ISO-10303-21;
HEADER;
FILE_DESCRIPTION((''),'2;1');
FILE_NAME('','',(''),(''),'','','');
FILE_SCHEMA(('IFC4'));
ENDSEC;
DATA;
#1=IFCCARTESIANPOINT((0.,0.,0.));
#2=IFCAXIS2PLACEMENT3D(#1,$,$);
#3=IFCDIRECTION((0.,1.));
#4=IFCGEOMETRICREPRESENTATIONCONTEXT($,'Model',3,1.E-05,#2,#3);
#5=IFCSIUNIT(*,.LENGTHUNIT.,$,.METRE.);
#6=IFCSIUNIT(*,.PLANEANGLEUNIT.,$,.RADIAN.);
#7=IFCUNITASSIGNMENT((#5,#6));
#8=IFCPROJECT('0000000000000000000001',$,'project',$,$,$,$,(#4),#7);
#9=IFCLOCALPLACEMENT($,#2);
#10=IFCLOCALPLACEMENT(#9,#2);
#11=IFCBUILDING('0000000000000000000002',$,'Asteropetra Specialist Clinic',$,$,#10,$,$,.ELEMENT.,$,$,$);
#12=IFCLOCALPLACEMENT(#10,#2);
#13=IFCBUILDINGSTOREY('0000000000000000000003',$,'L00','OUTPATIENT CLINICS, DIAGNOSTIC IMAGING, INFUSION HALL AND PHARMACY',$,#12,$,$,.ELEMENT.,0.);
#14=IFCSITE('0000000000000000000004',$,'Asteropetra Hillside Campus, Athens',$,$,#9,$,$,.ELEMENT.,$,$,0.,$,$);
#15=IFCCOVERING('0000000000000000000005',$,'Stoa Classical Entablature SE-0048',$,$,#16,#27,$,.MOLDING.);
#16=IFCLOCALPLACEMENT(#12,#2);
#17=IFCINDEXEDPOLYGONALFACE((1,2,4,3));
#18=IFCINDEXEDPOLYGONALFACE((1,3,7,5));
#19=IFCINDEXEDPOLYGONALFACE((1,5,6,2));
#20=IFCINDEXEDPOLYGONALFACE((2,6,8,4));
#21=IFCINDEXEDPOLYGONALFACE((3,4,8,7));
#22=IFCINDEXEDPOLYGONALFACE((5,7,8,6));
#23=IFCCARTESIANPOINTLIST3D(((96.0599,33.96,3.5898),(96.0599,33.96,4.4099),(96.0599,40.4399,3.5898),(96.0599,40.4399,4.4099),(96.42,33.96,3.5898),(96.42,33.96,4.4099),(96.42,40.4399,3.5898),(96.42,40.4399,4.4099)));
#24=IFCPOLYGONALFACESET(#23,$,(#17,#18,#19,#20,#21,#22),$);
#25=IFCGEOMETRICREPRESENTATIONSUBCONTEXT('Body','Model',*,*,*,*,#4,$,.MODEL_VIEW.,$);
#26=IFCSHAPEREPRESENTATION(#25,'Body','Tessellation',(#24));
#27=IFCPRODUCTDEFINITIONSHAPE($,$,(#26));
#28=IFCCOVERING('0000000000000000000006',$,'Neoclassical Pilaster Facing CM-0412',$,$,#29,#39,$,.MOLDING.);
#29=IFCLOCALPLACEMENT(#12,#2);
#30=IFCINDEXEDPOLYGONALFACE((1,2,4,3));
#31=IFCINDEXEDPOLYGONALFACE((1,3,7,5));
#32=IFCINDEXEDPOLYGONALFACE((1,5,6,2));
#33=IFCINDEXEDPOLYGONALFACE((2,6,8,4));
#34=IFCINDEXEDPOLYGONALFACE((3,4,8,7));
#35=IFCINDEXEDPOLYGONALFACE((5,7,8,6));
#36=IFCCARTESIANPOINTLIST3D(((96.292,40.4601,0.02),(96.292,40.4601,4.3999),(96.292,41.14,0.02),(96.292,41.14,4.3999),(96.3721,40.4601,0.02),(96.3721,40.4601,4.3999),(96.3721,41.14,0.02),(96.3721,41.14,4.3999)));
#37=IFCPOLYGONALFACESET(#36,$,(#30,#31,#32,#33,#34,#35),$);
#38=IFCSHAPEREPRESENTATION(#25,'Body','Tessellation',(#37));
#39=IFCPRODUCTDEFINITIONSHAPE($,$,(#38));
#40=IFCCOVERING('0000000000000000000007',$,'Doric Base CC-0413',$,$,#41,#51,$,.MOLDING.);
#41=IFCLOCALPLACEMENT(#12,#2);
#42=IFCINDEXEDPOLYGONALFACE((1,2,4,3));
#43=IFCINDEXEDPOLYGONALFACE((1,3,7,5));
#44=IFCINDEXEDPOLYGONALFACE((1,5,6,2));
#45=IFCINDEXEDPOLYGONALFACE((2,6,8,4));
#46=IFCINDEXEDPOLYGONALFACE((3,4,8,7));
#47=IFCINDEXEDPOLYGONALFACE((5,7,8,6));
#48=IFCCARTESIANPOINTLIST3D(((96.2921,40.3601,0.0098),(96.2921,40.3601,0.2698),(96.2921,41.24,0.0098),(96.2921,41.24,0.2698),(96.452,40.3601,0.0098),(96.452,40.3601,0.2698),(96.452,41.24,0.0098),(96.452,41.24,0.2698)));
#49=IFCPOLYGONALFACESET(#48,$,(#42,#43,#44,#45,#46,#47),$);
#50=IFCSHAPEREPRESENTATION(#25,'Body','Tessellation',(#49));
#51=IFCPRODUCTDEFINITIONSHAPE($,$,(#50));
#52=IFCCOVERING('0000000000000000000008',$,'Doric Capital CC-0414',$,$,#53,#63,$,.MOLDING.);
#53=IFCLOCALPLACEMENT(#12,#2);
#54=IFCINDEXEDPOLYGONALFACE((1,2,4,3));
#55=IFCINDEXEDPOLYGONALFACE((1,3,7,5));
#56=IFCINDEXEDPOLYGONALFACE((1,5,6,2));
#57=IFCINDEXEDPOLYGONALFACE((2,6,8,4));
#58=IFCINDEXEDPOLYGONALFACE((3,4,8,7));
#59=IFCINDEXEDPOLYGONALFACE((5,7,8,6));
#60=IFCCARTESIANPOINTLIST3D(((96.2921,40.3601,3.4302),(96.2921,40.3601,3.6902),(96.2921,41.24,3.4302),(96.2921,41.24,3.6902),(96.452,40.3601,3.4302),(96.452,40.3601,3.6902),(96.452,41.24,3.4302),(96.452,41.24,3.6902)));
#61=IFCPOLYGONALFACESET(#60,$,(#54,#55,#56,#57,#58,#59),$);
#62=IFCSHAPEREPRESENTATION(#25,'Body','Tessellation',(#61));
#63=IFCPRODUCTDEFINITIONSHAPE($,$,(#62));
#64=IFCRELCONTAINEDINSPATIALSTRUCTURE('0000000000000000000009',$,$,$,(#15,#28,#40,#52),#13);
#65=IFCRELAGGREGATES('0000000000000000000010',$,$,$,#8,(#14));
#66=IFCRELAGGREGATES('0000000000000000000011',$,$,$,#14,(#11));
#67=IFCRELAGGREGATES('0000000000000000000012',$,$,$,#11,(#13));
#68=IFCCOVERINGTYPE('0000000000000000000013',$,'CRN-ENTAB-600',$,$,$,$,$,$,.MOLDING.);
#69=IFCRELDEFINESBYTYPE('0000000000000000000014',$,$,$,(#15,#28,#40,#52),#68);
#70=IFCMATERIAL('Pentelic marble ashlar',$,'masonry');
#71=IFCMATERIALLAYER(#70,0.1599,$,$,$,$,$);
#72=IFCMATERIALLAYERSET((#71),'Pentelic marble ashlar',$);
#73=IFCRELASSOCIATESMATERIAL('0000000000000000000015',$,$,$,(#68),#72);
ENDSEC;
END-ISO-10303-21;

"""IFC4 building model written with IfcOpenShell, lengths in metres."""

from ifc_helpers import new_model, si_unit, direction, frame, origin, origin_2d, place, context, subcontext, project, spatial, rectangle, extrude, material, layer, layer_set, type_object, element, save


model = new_model("IFC4")

# Units and contexts
model_context = context("Model", 3, precision=1e-05, world=origin(), true_north=direction((0.0, 1.0)))
body_context = subcontext(model_context, "Body", "Model", "MODEL_VIEW")
ifc_project = project(units=[si_unit("LENGTHUNIT", "METRE"), si_unit("PLANEANGLEUNIT", "RADIAN")], contexts=[model_context])

# Site, building, storey
site_placement = place(None, origin())
site = spatial("IfcSite", under=ifc_project, at=site_placement, Name="Asteropetra Hillside Campus, Athens", CompositionType="ELEMENT", RefElevation=0.0)
building_placement = place(site_placement, origin())
building = spatial("IfcBuilding", under=site, at=building_placement, Name="Asteropetra Specialist Clinic", CompositionType="ELEMENT")
storey_placement = place(building_placement, origin())
storey = spatial("IfcBuildingStorey", under=building, at=storey_placement, Name="L00", Description="OUTPATIENT CLINICS, DIAGNOSTIC IMAGING, INFUSION HALL AND PHARMACY", CompositionType="ELEMENT", Elevation=0.0)

# Coverings
ifc_material_1 = material(Name="Pentelic marble ashlar", Category="masonry")
ifc_layer_1 = layer(ifc_material_1, 0.1599)
ifc_layer_set_1 = layer_set([ifc_layer_1], Name="Pentelic marble ashlar")
covering_type = type_object("IfcCoveringType", Name="CRN-ENTAB-600", PredefinedType="MOLDING", material=ifc_layer_set_1)
covering_1_placement = place(storey_placement, frame((96.24, 37.2, 3.5898), z_axis=(0.0, 0.0, 1.0), x_axis=(1.0, 0.0, 0.0)))
element("IfcCovering", 1, at=covering_1_placement, inside=storey, type_object=covering_type, Name="Stoa Classical Entablature SE-0048", PredefinedType="MOLDING", context=body_context, shape_type="SweptSolid", body=[
    extrude(rectangle(XDim=0.3601, YDim=6.48, at=origin_2d()), origin(), (0.0, 0.0, 1.0), 0.8201),
])
covering_2_placement = place(storey_placement, frame((96.332, 40.8, 0.02), z_axis=(0.0, 0.0, 1.0), x_axis=(1.0, 0.0, 0.0)))
element("IfcCovering", 2, at=covering_2_placement, inside=storey, type_object=covering_type, Name="Neoclassical Pilaster Facing CM-0412", PredefinedType="MOLDING", context=body_context, shape_type="SweptSolid", body=[
    extrude(rectangle(XDim=0.0801, YDim=0.6799, at=origin_2d()), origin(), (0.0, 0.0, 1.0), 4.3799),
])
for number, where, z_axis, x_axis, name in (
    (3, (96.3721, 40.8, 0.0098), (0.0, 0.0, 1.0), (1.0, 0.0, 0.0), "Doric Base CC-0413"),
    (4, (96.3721, 40.8, 3.4302), (0.0, 0.0, 1.0), (1.0, 0.0, 0.0), "Doric Capital CC-0414"),
):
    element("IfcCovering", number, at=place(storey_placement, frame(where, z_axis=z_axis, x_axis=x_axis)), inside=storey, type_object=covering_type, Name=name, PredefinedType="MOLDING", context=body_context, shape_type="SweptSolid", body=[
        extrude(rectangle(XDim=0.1599, YDim=0.8799, at=origin_2d()), origin(), (0.0, 0.0, 1.0), 0.26),
    ])

save(model, "model.ifc")
